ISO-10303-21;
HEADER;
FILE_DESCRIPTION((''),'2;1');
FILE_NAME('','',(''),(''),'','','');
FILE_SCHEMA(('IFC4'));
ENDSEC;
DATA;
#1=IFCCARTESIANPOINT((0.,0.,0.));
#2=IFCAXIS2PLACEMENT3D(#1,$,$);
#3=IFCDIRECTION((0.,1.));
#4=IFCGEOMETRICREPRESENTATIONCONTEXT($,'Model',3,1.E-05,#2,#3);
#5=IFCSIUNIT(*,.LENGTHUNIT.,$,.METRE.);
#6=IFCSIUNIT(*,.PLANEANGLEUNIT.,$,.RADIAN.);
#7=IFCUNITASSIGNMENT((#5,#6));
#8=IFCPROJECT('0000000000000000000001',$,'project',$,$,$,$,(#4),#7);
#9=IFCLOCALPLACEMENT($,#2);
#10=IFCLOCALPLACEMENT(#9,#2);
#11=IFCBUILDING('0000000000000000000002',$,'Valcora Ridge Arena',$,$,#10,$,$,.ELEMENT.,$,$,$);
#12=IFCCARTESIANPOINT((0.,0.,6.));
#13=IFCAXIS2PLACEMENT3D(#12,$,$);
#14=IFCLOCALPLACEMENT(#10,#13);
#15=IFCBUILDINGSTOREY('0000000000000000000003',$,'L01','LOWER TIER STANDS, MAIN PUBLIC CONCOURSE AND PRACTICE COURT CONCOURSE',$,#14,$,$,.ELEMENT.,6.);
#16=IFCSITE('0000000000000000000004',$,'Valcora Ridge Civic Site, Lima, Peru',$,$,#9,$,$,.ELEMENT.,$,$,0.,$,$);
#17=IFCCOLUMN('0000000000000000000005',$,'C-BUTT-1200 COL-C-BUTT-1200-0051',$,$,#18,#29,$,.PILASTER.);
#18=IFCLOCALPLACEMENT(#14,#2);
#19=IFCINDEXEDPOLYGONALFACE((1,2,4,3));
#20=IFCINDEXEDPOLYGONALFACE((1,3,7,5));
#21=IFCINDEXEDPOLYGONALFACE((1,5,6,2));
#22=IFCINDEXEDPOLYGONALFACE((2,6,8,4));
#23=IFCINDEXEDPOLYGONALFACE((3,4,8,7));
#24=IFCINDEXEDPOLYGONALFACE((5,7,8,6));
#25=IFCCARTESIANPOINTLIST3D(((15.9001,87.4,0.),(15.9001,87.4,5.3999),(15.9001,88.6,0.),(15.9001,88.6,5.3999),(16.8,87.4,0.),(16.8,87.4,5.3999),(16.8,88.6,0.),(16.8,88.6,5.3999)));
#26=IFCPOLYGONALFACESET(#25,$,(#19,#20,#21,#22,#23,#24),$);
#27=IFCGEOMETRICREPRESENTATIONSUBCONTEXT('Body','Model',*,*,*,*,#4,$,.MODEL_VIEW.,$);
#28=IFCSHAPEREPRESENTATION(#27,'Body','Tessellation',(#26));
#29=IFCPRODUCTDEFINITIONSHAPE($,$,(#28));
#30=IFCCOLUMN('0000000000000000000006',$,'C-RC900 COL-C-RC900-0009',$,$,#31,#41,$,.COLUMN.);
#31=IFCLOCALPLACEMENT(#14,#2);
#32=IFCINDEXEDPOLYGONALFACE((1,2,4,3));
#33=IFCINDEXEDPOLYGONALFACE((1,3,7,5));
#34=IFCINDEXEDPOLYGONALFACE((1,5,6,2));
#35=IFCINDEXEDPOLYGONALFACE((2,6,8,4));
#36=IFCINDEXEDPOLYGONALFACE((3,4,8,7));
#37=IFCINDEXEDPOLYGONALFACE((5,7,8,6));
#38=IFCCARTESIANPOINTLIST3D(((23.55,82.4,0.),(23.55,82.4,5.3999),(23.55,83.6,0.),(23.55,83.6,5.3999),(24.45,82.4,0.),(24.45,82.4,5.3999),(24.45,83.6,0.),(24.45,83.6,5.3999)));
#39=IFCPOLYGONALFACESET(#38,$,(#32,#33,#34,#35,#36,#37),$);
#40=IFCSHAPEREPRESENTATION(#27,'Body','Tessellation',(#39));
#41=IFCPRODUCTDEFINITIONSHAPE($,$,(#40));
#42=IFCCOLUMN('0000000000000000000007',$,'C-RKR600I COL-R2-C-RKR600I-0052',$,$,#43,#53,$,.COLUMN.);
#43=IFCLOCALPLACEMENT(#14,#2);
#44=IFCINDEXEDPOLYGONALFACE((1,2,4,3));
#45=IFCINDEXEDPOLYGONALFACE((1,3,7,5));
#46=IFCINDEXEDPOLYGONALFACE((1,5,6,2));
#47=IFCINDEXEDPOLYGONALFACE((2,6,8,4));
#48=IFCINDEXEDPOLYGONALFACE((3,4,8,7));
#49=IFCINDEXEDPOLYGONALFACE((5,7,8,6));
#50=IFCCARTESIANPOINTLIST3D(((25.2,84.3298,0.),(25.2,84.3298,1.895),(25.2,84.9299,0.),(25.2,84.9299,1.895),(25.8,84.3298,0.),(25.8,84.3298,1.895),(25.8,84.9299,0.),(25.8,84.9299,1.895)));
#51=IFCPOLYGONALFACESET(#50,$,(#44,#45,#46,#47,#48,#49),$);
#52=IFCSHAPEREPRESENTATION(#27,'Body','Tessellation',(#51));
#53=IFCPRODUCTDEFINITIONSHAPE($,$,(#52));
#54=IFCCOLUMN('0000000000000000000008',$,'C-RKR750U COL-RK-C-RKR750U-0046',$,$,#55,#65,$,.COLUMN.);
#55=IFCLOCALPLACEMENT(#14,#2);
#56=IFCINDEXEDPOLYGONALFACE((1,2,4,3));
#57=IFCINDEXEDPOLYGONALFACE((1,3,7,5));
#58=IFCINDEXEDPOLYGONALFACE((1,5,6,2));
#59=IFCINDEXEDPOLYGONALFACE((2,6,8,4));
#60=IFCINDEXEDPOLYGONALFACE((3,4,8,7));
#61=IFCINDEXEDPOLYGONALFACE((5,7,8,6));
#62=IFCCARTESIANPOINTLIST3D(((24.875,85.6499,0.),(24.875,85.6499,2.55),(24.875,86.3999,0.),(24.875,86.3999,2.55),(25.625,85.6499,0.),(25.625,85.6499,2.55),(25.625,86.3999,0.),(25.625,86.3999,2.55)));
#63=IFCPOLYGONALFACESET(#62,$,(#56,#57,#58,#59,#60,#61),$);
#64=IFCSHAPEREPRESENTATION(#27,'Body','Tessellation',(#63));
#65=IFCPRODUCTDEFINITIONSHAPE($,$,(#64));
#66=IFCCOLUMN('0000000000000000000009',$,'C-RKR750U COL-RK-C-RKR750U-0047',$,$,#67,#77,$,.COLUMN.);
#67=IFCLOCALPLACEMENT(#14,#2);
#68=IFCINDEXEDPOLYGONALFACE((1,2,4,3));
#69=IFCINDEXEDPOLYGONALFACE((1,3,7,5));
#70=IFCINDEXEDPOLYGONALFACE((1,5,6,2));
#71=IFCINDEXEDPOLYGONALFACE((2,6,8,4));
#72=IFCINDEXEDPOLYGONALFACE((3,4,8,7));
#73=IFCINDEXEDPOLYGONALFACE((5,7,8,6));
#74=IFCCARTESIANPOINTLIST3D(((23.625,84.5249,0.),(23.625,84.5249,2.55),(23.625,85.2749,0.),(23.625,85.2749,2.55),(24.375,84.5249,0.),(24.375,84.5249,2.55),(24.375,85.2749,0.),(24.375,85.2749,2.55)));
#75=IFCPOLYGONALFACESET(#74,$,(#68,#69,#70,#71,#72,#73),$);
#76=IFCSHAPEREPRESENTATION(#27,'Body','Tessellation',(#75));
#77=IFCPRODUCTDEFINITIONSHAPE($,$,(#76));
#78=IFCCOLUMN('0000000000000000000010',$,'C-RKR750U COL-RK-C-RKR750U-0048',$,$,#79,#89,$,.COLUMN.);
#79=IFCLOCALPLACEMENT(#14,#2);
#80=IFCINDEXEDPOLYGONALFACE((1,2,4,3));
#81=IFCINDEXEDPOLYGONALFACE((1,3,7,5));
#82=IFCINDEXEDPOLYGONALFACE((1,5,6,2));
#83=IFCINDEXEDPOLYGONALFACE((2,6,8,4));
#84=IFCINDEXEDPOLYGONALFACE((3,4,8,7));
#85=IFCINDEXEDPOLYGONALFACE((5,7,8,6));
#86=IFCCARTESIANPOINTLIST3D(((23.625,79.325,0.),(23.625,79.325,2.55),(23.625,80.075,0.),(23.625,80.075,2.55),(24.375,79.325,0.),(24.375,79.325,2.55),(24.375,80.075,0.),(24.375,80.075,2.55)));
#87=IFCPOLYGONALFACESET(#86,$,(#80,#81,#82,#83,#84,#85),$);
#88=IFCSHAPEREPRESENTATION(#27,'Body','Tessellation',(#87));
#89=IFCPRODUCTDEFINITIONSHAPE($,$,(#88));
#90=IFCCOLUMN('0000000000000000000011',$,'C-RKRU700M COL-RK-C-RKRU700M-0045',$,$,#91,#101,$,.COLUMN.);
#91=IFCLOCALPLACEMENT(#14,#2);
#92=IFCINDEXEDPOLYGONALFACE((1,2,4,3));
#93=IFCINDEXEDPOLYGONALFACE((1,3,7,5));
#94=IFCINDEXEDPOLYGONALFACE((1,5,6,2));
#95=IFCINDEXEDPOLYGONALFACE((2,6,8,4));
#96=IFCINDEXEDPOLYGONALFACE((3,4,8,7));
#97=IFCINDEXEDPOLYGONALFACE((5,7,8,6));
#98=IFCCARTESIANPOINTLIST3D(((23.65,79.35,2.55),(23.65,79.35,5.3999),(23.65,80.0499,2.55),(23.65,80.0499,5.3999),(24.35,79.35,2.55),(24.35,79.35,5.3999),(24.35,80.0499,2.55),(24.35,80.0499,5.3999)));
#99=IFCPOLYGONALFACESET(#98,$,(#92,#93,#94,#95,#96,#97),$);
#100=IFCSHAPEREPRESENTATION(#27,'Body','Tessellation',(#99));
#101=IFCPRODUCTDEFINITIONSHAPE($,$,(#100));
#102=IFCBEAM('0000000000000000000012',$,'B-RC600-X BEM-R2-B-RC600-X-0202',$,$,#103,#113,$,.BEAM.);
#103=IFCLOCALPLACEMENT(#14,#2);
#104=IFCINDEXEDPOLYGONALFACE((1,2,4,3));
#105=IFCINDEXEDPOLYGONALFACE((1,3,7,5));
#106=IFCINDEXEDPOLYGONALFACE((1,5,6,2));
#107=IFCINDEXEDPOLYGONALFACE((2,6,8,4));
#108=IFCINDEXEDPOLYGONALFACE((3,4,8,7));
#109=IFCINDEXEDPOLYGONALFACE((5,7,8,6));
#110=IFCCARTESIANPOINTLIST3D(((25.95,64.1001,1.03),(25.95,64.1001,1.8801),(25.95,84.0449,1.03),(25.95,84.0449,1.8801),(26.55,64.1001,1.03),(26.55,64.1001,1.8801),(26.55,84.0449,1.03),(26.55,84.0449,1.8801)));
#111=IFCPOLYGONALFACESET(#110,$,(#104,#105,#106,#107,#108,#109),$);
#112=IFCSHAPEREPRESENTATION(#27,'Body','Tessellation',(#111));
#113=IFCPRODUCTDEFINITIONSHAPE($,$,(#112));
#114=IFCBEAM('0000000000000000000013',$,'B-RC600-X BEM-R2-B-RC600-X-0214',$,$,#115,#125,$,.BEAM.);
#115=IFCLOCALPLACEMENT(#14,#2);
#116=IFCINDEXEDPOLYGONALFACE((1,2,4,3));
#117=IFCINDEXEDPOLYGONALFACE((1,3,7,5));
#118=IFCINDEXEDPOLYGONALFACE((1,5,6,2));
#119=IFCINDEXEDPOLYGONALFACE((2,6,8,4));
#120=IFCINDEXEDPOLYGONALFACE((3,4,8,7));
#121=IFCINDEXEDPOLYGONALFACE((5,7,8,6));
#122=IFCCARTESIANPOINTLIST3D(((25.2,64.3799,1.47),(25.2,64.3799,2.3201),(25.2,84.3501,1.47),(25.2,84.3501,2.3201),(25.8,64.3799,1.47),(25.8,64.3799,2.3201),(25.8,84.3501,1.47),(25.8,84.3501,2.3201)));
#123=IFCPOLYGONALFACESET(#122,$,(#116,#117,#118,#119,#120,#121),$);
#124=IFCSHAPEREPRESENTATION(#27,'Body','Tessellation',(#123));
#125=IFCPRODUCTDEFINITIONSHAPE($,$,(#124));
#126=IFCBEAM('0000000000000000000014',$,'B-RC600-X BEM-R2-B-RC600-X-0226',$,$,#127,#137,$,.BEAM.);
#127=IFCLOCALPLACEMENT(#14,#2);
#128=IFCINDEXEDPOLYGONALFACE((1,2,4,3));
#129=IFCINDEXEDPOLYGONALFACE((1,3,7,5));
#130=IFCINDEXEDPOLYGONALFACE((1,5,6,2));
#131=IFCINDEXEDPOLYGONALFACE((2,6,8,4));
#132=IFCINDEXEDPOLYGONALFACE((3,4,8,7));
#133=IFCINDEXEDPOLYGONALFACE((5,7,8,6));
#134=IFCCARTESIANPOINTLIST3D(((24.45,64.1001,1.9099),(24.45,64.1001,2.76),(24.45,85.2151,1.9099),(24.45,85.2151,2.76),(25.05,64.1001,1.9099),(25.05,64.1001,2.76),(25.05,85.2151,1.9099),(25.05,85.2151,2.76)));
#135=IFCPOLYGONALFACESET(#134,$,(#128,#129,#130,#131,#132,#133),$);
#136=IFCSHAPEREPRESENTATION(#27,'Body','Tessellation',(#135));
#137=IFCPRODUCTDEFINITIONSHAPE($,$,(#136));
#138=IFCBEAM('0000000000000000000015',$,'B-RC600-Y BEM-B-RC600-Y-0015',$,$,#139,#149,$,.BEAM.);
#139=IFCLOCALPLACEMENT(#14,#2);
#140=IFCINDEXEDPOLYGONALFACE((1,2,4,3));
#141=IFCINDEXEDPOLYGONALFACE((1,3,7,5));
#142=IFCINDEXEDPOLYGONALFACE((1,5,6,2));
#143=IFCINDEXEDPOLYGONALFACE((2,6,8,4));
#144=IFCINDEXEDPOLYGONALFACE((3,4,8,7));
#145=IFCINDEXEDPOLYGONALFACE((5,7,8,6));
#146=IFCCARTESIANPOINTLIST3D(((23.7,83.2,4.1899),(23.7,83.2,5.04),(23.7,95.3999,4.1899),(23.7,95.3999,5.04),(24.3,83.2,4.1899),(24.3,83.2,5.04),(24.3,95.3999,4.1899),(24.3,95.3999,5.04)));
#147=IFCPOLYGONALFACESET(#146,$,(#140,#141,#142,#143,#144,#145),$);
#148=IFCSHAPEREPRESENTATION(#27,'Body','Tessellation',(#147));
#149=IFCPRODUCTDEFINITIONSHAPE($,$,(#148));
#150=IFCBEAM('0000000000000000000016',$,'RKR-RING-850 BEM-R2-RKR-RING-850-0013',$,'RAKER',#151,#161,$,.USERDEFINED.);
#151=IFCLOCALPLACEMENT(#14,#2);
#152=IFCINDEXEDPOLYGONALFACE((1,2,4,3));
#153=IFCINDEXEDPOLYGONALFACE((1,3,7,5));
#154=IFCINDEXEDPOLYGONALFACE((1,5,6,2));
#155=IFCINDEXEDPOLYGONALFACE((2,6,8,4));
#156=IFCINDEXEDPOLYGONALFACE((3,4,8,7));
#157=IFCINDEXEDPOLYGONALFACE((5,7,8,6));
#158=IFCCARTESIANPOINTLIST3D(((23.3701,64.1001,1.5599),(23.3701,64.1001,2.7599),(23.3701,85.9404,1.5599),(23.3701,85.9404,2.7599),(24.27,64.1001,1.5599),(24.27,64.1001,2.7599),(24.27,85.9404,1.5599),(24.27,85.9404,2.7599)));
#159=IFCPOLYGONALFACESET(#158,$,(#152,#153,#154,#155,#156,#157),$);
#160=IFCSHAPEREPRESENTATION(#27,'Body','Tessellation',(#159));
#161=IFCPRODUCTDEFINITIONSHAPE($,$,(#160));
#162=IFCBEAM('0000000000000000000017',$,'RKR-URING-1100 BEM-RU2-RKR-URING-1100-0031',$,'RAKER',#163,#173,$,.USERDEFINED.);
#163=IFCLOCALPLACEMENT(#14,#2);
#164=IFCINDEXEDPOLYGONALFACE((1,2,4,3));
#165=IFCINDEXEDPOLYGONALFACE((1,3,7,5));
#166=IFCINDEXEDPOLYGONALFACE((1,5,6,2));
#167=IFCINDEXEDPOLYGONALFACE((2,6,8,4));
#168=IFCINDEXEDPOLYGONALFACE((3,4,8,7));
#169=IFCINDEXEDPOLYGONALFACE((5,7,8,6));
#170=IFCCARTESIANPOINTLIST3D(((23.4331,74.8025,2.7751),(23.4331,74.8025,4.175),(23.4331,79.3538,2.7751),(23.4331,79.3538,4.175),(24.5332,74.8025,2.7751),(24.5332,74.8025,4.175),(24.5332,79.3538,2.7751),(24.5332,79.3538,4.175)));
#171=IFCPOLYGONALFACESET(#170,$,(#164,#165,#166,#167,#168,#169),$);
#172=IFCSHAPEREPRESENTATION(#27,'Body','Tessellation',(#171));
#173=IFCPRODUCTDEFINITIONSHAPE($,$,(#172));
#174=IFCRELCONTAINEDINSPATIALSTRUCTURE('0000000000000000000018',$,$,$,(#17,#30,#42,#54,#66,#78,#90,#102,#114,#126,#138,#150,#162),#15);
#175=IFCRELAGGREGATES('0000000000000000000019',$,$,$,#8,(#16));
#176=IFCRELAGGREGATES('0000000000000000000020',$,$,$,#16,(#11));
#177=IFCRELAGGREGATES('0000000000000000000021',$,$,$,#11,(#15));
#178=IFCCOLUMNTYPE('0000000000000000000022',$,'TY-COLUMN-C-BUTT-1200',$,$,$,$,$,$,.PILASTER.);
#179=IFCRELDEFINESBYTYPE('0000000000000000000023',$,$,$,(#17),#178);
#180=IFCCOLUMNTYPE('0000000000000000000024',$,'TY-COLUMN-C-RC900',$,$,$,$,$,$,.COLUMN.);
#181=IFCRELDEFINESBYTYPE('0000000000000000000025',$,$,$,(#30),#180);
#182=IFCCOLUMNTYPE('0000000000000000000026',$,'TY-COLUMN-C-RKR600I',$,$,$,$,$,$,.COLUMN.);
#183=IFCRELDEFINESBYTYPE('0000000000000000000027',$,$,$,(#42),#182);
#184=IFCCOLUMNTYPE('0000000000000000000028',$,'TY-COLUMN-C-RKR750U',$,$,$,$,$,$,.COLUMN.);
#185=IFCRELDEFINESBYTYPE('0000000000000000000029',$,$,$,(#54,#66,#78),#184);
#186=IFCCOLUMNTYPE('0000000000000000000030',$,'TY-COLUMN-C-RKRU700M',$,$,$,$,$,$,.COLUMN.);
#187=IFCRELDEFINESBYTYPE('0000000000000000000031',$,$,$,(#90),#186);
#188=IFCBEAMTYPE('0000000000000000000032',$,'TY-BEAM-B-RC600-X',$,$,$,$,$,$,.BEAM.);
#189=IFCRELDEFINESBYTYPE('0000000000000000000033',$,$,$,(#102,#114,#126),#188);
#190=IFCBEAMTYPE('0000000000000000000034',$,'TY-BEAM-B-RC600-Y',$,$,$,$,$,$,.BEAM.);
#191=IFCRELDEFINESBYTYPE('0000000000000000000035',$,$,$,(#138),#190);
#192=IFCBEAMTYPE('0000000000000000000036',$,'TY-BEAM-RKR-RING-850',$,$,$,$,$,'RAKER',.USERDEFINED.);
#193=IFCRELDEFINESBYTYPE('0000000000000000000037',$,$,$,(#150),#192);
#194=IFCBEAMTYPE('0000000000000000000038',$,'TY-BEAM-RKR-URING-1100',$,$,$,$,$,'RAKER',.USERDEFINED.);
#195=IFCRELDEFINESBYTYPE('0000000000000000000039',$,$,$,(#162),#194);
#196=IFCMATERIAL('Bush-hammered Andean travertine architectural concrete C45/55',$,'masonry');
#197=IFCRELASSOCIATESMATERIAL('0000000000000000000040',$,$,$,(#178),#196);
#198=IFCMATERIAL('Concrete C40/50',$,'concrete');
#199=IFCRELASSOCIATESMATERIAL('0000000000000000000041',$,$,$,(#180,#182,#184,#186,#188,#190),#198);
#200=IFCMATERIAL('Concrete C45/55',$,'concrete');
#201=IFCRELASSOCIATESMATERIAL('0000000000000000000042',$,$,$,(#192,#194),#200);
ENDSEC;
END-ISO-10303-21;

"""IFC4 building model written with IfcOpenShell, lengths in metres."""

from ifc_helpers import new_model, si_unit, direction, frame, origin, origin_2d, place, context, subcontext, project, spatial, rectangle, extrude, material, material_profile, profile_set, type_object, element, save


model = new_model("IFC4")

# Units and contexts
model_context = context("Model", 3, precision=1e-05, world=origin(), true_north=direction((0.0, 1.0)))
body_context = subcontext(model_context, "Body", "Model", "MODEL_VIEW")
ifc_project = project(units=[si_unit("LENGTHUNIT", "METRE"), si_unit("PLANEANGLEUNIT", "RADIAN")], contexts=[model_context])

# Site, building, storey
site_placement = place(None, origin())
site = spatial("IfcSite", under=ifc_project, at=site_placement, Name="Valcora Ridge Civic Site, Lima, Peru", CompositionType="ELEMENT", RefElevation=0.0)
building_placement = place(site_placement, origin())
building = spatial("IfcBuilding", under=site, at=building_placement, Name="Valcora Ridge Arena", CompositionType="ELEMENT")
storey_placement = place(building_placement, frame((0.0, 0.0, 6.0)))
storey = spatial("IfcBuildingStorey", under=building, at=storey_placement, Name="L01", Description="LOWER TIER STANDS, MAIN PUBLIC CONCOURSE AND PRACTICE COURT CONCOURSE", CompositionType="ELEMENT", Elevation=6.0)

# Columns
ifc_material_1 = material(Name="Bush-hammered Andean travertine architectural concrete C45/55", Category="masonry")
ifc_material_profile_1 = material_profile(ifc_material_1, rectangle(XDim=0.8999, YDim=1.2, at=origin_2d()), Name="RC 900x1200")
ifc_profile_set_1 = profile_set([ifc_material_profile_1], Name="Bush-hammered Andean travertine architectural concrete C45/55")
column_type_1 = type_object("IfcColumnType", Name="TY-COLUMN-C-BUTT-1200", PredefinedType="PILASTER", material=ifc_profile_set_1)
column_1_placement = place(storey_placement, frame((16.3501, 88.0, 0.0), z_axis=(0.0, 0.0, 1.0), x_axis=(1.0, 0.0, 0.0)))
element("IfcColumn", 1, at=column_1_placement, inside=storey, type_object=column_type_1, Name="C-BUTT-1200 COL-C-BUTT-1200-0051", PredefinedType="PILASTER", context=body_context, shape_type="SweptSolid", body=[
    extrude(rectangle(XDim=0.8999, YDim=1.2, at=origin_2d()), origin(), (0.0, 0.0, 1.0), 5.3999),
])
ifc_material_2 = material(Name="Concrete C40/50", Category="concrete")
ifc_material_profile_2 = material_profile(ifc_material_2, rectangle(XDim=0.8999, YDim=1.2, at=origin_2d()), Name="RC 900x1200")
ifc_profile_set_2 = profile_set([ifc_material_profile_2], Name="Concrete C40/50")
column_type_2 = type_object("IfcColumnType", Name="TY-COLUMN-C-RC900", PredefinedType="COLUMN", material=ifc_profile_set_2)
column_2_placement = place(storey_placement, frame((24.0, 83.0, 0.0), z_axis=(0.0, 0.0, 1.0), x_axis=(1.0, 0.0, 0.0)))
element("IfcColumn", 2, at=column_2_placement, inside=storey, type_object=column_type_2, Name="C-RC900 COL-C-RC900-0009", PredefinedType="COLUMN", context=body_context, shape_type="SweptSolid", body=[
    extrude(rectangle(XDim=0.8999, YDim=1.2, at=origin_2d()), origin(), (0.0, 0.0, 1.0), 5.3999),
])
ifc_material_profile_3 = material_profile(ifc_material_2, rectangle(XDim=0.6001, YDim=0.6001, at=origin_2d()), Name="RC 600x600")
ifc_profile_set_3 = profile_set([ifc_material_profile_3], Name="Concrete C40/50")
column_type_3 = type_object("IfcColumnType", Name="TY-COLUMN-C-RKR600I", PredefinedType="COLUMN", material=ifc_profile_set_3)
column_3_placement = place(storey_placement, frame((25.5, 84.6299, 0.0), z_axis=(0.0, 0.0, 1.0), x_axis=(1.0, 0.0, 0.0)))
element("IfcColumn", 3, at=column_3_placement, inside=storey, type_object=column_type_3, Name="C-RKR600I COL-R2-C-RKR600I-0052", PredefinedType="COLUMN", context=body_context, shape_type="SweptSolid", body=[
    extrude(rectangle(XDim=0.6001, YDim=0.6001, at=origin_2d()), origin(), (0.0, 0.0, 1.0), 1.895),
])
ifc_material_profile_4 = material_profile(ifc_material_2, rectangle(XDim=0.75, YDim=0.75, at=origin_2d()), Name="RC 750x750")
ifc_profile_set_4 = profile_set([ifc_material_profile_4], Name="Concrete C40/50")
column_type_4 = type_object("IfcColumnType", Name="TY-COLUMN-C-RKR750U", PredefinedType="COLUMN", material=ifc_profile_set_4)
for number, where, z_axis, x_axis, name in (
    (4, (25.25, 86.0249, 0.0), (0.0, 0.0, 1.0), (1.0, 0.0, 0.0), "C-RKR750U COL-RK-C-RKR750U-0046"),
    (5, (24.0, 84.8999, 0.0), (0.0, 0.0, 1.0), (1.0, 0.0, 0.0), "C-RKR750U COL-RK-C-RKR750U-0047"),
    (6, (24.0, 79.7, 0.0), (0.0, 0.0, 1.0), (1.0, 0.0, 0.0), "C-RKR750U COL-RK-C-RKR750U-0048"),
):
    element("IfcColumn", number, at=place(storey_placement, frame(where, z_axis=z_axis, x_axis=x_axis)), inside=storey, type_object=column_type_4, Name=name, PredefinedType="COLUMN", context=body_context, shape_type="SweptSolid", body=[
        extrude(rectangle(XDim=0.75, YDim=0.75, at=origin_2d()), origin(), (0.0, 0.0, 1.0), 2.55),
    ])
ifc_material_profile_5 = material_profile(ifc_material_2, rectangle(XDim=0.7, YDim=0.7, at=origin_2d()), Name="RC 700x700")
ifc_profile_set_5 = profile_set([ifc_material_profile_5], Name="Concrete C40/50")
column_type_5 = type_object("IfcColumnType", Name="TY-COLUMN-C-RKRU700M", PredefinedType="COLUMN", material=ifc_profile_set_5)
column_4_placement = place(storey_placement, frame((24.0, 79.7, 2.55), z_axis=(0.0, 0.0, 1.0), x_axis=(1.0, 0.0, 0.0)))
element("IfcColumn", 7, at=column_4_placement, inside=storey, type_object=column_type_5, Name="C-RKRU700M COL-RK-C-RKRU700M-0045", PredefinedType="COLUMN", context=body_context, shape_type="SweptSolid", body=[
    extrude(rectangle(XDim=0.7, YDim=0.7, at=origin_2d()), origin(), (0.0, 0.0, 1.0), 2.8499),
])

# Beams
ifc_material_profile_6 = material_profile(ifc_material_2, rectangle(XDim=0.6001, YDim=0.8501, at=origin_2d()), Name="RC 600x850")
ifc_profile_set_6 = profile_set([ifc_material_profile_6], Name="Concrete C40/50")
beam_type_1 = type_object("IfcBeamType", Name="TY-BEAM-B-RC600-X", PredefinedType="BEAM", material=ifc_profile_set_6)
beam_1_placement = place(storey_placement, frame((26.25, 84.0449, 1.4551), z_axis=(0.0, -1.0, 0.0), x_axis=(1.0, 0.0, 0.0)))
element("IfcBeam", 8, at=beam_1_placement, inside=storey, type_object=beam_type_1, Name="B-RC600-X BEM-R2-B-RC600-X-0202", PredefinedType="BEAM", context=body_context, shape_type="SweptSolid", body=[
    extrude(rectangle(XDim=0.6001, YDim=0.8501, at=origin_2d()), origin(), (0.0, 0.0, 1.0), 19.9448),
])
beam_2_placement = place(storey_placement, frame((25.5, 84.3501, 1.895), z_axis=(0.0, -1.0, 0.0), x_axis=(1.0, 0.0, 0.0)))
element("IfcBeam", 9, at=beam_2_placement, inside=storey, type_object=beam_type_1, Name="B-RC600-X BEM-R2-B-RC600-X-0214", PredefinedType="BEAM", context=body_context, shape_type="SweptSolid", body=[
    extrude(rectangle(XDim=0.6001, YDim=0.8501, at=origin_2d()), origin(), (0.0, 0.0, 1.0), 19.9702),
])
beam_3_placement = place(storey_placement, frame((24.75, 85.2151, 2.335), z_axis=(0.0, -1.0, 0.0), x_axis=(1.0, 0.0, 0.0)))
element("IfcBeam", 10, at=beam_3_placement, inside=storey, type_object=beam_type_1, Name="B-RC600-X BEM-R2-B-RC600-X-0226", PredefinedType="BEAM", context=body_context, shape_type="SweptSolid", body=[
    extrude(rectangle(XDim=0.6001, YDim=0.8501, at=origin_2d()), origin(), (0.0, 0.0, 1.0), 21.115),
])
ifc_material_profile_7 = material_profile(ifc_material_2, rectangle(XDim=0.6001, YDim=0.8501, at=origin_2d()), Name="RC 600x850")
ifc_profile_set_7 = profile_set([ifc_material_profile_7], Name="Concrete C40/50")
beam_type_2 = type_object("IfcBeamType", Name="TY-BEAM-B-RC600-Y", PredefinedType="BEAM", material=ifc_profile_set_7)
beam_4_placement = place(storey_placement, frame((24.0, 83.2, 4.615), z_axis=(0.0, 1.0, 0.0), x_axis=(-1.0, 0.0, 0.0)))
element("IfcBeam", 11, at=beam_4_placement, inside=storey, type_object=beam_type_2, Name="B-RC600-Y BEM-B-RC600-Y-0015", PredefinedType="BEAM", context=body_context, shape_type="SweptSolid", body=[
    extrude(rectangle(XDim=0.6001, YDim=0.8501, at=origin_2d()), origin(), (0.0, 0.0, 1.0), 12.2),
])
ifc_material_3 = material(Name="Concrete C45/55", Category="concrete")
ifc_material_profile_8 = material_profile(ifc_material_3, rectangle(XDim=0.8999, YDim=1.2, at=origin_2d()), Name="RC 900x1200")
ifc_profile_set_8 = profile_set([ifc_material_profile_8], Name="Concrete C45/55")
beam_type_3 = type_object("IfcBeamType", Name="TY-BEAM-RKR-RING-850", ElementType="RAKER", PredefinedType="USERDEFINED", material=ifc_profile_set_8)
beam_5_placement = place(storey_placement, frame((23.8201, 85.9404, 2.1599), z_axis=(0.0, -1.0, 0.0), x_axis=(1.0, 0.0, 0.0)))
element("IfcBeam", 12, at=beam_5_placement, inside=storey, type_object=beam_type_3, Name="RKR-RING-850 BEM-R2-RKR-RING-850-0013", ObjectType="RAKER", PredefinedType="USERDEFINED", context=body_context, shape_type="SweptSolid", body=[
    extrude(rectangle(XDim=0.8999, YDim=1.2, at=origin_2d()), origin(), (0.0, 0.0, 1.0), 21.8403),
])
ifc_material_profile_9 = material_profile(ifc_material_3, rectangle(XDim=1.1001, YDim=1.3999, at=origin_2d()), Name="RC 1100x1400")
ifc_profile_set_9 = profile_set([ifc_material_profile_9], Name="Concrete C45/55")
beam_type_4 = type_object("IfcBeamType", Name="TY-BEAM-RKR-URING-1100", ElementType="RAKER", PredefinedType="USERDEFINED", material=ifc_profile_set_9)
beam_6_placement = place(storey_placement, frame((23.9832, 79.3538, 3.4751), z_axis=(0.0, -1.0, 0.0), x_axis=(1.0, 0.0, 0.0)))
element("IfcBeam", 13, at=beam_6_placement, inside=storey, type_object=beam_type_4, Name="RKR-URING-1100 BEM-RU2-RKR-URING-1100-0031", ObjectType="RAKER", PredefinedType="USERDEFINED", context=body_context, shape_type="SweptSolid", body=[
    extrude(rectangle(XDim=1.1001, YDim=1.3999, at=origin_2d()), origin(), (0.0, 0.0, 1.0), 4.5513),
])

save(model, "model.ifc")
